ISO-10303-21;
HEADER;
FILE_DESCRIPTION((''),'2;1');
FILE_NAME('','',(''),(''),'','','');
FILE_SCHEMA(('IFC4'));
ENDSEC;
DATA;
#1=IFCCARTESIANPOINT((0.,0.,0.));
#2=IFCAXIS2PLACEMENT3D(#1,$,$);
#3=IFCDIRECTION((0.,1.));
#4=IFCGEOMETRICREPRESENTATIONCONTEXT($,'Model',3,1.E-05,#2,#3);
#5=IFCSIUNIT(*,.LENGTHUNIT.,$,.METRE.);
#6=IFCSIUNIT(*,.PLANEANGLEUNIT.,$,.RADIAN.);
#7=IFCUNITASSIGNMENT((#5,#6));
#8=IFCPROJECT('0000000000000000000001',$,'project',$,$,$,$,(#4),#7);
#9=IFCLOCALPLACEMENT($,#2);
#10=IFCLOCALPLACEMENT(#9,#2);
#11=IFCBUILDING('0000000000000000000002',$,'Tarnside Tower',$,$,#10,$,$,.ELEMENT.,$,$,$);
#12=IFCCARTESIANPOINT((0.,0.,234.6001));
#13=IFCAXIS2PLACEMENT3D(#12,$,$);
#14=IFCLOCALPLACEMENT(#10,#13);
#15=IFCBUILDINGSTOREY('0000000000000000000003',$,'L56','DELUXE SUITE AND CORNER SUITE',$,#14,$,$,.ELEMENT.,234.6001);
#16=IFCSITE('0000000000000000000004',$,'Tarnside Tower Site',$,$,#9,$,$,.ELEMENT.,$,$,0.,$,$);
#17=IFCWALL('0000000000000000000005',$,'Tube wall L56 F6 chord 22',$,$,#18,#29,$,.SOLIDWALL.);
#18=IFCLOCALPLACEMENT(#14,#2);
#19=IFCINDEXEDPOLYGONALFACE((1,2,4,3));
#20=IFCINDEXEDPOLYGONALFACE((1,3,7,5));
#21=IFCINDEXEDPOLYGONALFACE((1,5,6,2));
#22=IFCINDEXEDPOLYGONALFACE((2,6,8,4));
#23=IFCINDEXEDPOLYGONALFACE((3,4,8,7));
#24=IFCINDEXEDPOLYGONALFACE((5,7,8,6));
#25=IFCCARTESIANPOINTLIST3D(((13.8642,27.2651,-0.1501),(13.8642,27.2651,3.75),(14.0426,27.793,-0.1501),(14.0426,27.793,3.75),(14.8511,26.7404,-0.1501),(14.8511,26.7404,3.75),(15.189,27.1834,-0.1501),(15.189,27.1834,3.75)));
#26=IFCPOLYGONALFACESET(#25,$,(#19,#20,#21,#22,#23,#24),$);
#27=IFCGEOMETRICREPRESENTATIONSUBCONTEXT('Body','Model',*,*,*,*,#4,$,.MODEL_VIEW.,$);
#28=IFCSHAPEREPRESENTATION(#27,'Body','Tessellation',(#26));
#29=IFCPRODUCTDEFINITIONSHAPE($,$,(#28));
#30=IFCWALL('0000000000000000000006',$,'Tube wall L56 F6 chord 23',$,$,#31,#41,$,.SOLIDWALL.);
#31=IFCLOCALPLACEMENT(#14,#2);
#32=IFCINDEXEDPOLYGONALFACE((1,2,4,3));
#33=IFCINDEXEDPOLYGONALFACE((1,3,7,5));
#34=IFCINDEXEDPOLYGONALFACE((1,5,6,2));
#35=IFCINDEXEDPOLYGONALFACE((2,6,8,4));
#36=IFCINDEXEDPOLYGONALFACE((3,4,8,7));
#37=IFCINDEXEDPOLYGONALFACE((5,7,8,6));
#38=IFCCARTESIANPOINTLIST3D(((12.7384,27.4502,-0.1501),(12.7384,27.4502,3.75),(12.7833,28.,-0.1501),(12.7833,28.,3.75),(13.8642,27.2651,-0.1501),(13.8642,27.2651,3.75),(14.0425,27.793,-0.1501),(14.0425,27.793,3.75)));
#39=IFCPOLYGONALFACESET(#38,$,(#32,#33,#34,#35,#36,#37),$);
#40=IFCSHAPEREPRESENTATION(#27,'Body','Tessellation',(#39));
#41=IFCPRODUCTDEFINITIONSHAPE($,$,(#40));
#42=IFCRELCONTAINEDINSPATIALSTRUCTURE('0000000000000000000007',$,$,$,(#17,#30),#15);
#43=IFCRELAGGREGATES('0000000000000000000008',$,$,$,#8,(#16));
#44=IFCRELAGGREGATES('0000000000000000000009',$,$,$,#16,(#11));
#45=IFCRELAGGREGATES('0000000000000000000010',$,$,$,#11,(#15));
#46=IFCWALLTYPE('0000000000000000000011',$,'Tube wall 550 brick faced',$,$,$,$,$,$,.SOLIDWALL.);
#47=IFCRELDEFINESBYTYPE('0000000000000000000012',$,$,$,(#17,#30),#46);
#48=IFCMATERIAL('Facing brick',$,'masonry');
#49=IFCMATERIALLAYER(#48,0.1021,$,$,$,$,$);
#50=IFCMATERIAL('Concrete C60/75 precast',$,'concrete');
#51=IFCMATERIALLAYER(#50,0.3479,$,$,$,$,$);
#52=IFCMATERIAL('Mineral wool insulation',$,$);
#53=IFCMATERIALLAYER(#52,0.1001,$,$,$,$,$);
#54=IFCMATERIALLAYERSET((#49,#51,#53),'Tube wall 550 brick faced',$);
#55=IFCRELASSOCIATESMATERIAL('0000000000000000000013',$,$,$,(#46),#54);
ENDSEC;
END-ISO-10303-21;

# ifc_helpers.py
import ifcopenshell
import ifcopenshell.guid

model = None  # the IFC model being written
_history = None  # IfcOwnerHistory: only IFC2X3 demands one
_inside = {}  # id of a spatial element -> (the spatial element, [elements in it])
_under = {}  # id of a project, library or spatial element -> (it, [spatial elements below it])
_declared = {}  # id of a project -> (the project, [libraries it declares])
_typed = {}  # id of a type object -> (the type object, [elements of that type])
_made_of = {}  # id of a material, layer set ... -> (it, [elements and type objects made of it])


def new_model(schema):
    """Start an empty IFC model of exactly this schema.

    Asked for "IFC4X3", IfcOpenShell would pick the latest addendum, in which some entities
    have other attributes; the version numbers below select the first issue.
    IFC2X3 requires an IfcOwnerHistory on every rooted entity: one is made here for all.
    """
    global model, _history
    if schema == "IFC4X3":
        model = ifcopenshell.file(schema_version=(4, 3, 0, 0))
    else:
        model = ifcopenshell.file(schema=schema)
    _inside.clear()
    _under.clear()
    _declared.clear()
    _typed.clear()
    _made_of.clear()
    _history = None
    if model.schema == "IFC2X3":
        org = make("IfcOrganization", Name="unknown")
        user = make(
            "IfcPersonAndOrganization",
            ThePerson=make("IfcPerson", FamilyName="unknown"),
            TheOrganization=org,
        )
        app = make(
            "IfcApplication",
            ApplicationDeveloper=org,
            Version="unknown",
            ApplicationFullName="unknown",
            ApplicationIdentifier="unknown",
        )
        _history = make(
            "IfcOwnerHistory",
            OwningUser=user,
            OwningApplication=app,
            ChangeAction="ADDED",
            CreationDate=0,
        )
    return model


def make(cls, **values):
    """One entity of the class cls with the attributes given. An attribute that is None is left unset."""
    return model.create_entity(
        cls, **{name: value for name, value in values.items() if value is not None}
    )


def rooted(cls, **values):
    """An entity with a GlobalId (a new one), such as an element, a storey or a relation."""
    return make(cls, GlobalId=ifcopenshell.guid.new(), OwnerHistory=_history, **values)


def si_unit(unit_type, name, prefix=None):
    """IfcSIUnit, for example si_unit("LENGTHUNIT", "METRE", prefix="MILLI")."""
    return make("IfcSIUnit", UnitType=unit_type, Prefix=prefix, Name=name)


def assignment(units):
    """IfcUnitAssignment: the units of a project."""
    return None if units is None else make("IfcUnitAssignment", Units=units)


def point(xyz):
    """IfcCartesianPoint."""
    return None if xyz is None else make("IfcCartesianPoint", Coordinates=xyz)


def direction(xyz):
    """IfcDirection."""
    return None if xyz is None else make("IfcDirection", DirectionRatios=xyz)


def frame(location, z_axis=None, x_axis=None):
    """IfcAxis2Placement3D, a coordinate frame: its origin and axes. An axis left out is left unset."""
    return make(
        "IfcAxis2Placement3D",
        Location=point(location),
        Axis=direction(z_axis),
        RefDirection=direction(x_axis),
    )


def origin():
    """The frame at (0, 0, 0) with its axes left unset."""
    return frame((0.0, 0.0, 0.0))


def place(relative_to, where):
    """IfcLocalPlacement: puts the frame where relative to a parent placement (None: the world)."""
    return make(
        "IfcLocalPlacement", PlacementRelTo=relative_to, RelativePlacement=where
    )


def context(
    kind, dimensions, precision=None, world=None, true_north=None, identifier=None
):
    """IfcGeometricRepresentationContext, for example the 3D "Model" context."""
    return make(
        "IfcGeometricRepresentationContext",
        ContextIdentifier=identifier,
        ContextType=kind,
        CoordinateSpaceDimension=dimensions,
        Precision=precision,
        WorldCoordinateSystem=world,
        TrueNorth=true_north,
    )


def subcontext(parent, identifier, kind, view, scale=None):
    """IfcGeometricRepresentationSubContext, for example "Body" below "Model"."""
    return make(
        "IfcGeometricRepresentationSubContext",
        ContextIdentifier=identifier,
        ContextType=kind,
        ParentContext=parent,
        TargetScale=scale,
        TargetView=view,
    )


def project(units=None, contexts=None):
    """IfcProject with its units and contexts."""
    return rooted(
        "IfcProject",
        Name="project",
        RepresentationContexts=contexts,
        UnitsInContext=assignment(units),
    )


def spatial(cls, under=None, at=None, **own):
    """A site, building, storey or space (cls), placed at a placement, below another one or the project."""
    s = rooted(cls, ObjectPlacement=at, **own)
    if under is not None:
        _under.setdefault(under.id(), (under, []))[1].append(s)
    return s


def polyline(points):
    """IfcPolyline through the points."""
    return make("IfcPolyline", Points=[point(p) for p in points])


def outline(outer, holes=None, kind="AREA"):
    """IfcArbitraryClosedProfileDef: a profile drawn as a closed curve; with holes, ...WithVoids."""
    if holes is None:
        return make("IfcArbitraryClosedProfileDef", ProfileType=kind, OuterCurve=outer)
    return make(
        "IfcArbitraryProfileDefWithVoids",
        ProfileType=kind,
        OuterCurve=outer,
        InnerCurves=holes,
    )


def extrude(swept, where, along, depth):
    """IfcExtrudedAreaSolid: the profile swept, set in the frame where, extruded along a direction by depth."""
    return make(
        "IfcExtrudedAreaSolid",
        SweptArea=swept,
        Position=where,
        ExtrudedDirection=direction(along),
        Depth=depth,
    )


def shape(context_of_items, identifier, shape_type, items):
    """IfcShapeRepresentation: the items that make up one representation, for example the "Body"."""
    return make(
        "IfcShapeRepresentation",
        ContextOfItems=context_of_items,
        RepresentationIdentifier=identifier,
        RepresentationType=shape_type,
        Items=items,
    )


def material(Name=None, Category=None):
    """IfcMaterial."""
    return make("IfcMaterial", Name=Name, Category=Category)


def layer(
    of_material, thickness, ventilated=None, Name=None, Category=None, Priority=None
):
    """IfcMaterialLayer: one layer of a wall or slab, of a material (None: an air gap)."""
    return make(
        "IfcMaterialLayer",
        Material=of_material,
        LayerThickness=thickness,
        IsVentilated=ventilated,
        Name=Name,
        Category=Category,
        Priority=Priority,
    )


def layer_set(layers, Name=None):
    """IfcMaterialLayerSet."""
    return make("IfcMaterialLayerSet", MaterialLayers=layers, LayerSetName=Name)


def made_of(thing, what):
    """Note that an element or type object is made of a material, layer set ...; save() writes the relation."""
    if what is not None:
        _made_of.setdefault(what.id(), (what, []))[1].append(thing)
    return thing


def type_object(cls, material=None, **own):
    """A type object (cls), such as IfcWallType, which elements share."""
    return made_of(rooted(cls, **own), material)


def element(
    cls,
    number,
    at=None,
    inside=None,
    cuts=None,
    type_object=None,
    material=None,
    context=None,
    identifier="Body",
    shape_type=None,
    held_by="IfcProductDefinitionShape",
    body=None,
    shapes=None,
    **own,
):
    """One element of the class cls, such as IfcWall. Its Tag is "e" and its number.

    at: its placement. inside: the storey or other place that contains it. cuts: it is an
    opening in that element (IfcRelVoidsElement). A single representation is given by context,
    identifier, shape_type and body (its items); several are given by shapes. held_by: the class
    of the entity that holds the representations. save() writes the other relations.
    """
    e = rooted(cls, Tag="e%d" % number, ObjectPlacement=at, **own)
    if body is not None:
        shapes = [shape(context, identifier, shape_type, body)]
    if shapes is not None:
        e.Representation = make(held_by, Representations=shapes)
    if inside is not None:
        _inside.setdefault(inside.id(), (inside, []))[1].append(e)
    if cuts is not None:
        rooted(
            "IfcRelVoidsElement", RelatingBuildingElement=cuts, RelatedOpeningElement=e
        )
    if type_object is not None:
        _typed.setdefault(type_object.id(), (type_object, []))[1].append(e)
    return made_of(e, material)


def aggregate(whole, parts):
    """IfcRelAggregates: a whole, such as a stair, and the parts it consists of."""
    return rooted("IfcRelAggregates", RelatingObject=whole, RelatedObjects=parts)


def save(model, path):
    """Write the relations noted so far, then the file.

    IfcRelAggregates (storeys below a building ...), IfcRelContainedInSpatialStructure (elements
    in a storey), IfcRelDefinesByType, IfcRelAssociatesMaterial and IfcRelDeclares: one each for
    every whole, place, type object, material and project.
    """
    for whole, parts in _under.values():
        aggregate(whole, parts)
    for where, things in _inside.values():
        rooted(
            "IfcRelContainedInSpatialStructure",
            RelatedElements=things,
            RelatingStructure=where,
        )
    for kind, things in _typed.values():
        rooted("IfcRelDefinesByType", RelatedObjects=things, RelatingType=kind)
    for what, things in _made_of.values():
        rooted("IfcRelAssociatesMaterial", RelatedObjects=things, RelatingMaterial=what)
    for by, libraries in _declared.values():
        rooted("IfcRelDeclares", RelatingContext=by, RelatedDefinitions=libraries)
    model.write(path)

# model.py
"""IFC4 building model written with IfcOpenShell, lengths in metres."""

from ifc_helpers import new_model, si_unit, direction, frame, origin, place, context, subcontext, project, spatial, polyline, outline, extrude, material, layer, layer_set, type_object, element, save


model = new_model("IFC4")

# Units and contexts
model_context = context("Model", 3, precision=1e-05, world=origin(), true_north=direction((0.0, 1.0)))
body_context = subcontext(model_context, "Body", "Model", "MODEL_VIEW")
ifc_project = project(units=[si_unit("LENGTHUNIT", "METRE"), si_unit("PLANEANGLEUNIT", "RADIAN")], contexts=[model_context])

# Site, building, storey
site_placement = place(None, origin())
site = spatial("IfcSite", under=ifc_project, at=site_placement, Name="Tarnside Tower Site", CompositionType="ELEMENT", RefElevation=0.0)
building_placement = place(site_placement, origin())
building = spatial("IfcBuilding", under=site, at=building_placement, Name="Tarnside Tower", CompositionType="ELEMENT")
storey_placement = place(building_placement, frame((0.0, 0.0, 234.6001)))
storey = spatial("IfcBuildingStorey", under=building, at=storey_placement, Name="L56", Description="DELUXE SUITE AND CORNER SUITE", CompositionType="ELEMENT", Elevation=234.6001)

# Shared definitions
ifc_material_1 = material(Name="Facing brick", Category="masonry")
ifc_layer_1 = layer(ifc_material_1, 0.1021)
ifc_material_2 = material(Name="Concrete C60/75 precast", Category="concrete")
ifc_layer_2 = layer(ifc_material_2, 0.3479)
ifc_material_3 = material(Name="Mineral wool insulation")
ifc_layer_3 = layer(ifc_material_3, 0.1001)
ifc_layer_set_1 = layer_set([ifc_layer_1, ifc_layer_2, ifc_layer_3], Name="Tube wall 550 brick faced")
wall_type_1 = type_object("IfcWallType", Name="Tube wall 550 brick faced", PredefinedType="SOLIDWALL", material=ifc_layer_set_1)

# Walls
wall_1_placement = place(storey_placement, frame((15.02, 26.9619, -0.1501), z_axis=(0.0, 0.0, 1.0), x_axis=(-0.882951, 0.469465, 0.0)))
element("IfcWall", 1, at=wall_1_placement, inside=storey, type_object=wall_type_1, Name="Tube wall L56 F6 chord 22", PredefinedType="SOLIDWALL", context=body_context, shape_type="SweptSolid", body=[
    extrude(outline(polyline([(-0.0452, -0.2749), (1.2532, -0.2749), (1.1628, 0.2749), (0.0452, 0.2749), (-0.0452, -0.2749)])), origin(), (0.0, 0.0, 1.0), 3.9001),
])
wall_2_placement = place(storey_placement, frame((13.9534, 27.5291, -0.1501), z_axis=(0.0, 0.0, 1.0), x_axis=(-0.986752, 0.162236, 0.0)))
element("IfcWall", 2, at=wall_2_placement, inside=storey, type_object=wall_type_1, Name="Tube wall L56 F6 chord 23", PredefinedType="SOLIDWALL", context=body_context, shape_type="SweptSolid", body=[
    extrude(outline(polyline([(-0.0452, -0.2749), (1.231, -0.2749), (1.186, 0.2749), (0.0452, 0.2749), (-0.0452, -0.2749)])), origin(), (0.0, 0.0, 1.0), 3.9001),
])

save(model, "model.ifc")
